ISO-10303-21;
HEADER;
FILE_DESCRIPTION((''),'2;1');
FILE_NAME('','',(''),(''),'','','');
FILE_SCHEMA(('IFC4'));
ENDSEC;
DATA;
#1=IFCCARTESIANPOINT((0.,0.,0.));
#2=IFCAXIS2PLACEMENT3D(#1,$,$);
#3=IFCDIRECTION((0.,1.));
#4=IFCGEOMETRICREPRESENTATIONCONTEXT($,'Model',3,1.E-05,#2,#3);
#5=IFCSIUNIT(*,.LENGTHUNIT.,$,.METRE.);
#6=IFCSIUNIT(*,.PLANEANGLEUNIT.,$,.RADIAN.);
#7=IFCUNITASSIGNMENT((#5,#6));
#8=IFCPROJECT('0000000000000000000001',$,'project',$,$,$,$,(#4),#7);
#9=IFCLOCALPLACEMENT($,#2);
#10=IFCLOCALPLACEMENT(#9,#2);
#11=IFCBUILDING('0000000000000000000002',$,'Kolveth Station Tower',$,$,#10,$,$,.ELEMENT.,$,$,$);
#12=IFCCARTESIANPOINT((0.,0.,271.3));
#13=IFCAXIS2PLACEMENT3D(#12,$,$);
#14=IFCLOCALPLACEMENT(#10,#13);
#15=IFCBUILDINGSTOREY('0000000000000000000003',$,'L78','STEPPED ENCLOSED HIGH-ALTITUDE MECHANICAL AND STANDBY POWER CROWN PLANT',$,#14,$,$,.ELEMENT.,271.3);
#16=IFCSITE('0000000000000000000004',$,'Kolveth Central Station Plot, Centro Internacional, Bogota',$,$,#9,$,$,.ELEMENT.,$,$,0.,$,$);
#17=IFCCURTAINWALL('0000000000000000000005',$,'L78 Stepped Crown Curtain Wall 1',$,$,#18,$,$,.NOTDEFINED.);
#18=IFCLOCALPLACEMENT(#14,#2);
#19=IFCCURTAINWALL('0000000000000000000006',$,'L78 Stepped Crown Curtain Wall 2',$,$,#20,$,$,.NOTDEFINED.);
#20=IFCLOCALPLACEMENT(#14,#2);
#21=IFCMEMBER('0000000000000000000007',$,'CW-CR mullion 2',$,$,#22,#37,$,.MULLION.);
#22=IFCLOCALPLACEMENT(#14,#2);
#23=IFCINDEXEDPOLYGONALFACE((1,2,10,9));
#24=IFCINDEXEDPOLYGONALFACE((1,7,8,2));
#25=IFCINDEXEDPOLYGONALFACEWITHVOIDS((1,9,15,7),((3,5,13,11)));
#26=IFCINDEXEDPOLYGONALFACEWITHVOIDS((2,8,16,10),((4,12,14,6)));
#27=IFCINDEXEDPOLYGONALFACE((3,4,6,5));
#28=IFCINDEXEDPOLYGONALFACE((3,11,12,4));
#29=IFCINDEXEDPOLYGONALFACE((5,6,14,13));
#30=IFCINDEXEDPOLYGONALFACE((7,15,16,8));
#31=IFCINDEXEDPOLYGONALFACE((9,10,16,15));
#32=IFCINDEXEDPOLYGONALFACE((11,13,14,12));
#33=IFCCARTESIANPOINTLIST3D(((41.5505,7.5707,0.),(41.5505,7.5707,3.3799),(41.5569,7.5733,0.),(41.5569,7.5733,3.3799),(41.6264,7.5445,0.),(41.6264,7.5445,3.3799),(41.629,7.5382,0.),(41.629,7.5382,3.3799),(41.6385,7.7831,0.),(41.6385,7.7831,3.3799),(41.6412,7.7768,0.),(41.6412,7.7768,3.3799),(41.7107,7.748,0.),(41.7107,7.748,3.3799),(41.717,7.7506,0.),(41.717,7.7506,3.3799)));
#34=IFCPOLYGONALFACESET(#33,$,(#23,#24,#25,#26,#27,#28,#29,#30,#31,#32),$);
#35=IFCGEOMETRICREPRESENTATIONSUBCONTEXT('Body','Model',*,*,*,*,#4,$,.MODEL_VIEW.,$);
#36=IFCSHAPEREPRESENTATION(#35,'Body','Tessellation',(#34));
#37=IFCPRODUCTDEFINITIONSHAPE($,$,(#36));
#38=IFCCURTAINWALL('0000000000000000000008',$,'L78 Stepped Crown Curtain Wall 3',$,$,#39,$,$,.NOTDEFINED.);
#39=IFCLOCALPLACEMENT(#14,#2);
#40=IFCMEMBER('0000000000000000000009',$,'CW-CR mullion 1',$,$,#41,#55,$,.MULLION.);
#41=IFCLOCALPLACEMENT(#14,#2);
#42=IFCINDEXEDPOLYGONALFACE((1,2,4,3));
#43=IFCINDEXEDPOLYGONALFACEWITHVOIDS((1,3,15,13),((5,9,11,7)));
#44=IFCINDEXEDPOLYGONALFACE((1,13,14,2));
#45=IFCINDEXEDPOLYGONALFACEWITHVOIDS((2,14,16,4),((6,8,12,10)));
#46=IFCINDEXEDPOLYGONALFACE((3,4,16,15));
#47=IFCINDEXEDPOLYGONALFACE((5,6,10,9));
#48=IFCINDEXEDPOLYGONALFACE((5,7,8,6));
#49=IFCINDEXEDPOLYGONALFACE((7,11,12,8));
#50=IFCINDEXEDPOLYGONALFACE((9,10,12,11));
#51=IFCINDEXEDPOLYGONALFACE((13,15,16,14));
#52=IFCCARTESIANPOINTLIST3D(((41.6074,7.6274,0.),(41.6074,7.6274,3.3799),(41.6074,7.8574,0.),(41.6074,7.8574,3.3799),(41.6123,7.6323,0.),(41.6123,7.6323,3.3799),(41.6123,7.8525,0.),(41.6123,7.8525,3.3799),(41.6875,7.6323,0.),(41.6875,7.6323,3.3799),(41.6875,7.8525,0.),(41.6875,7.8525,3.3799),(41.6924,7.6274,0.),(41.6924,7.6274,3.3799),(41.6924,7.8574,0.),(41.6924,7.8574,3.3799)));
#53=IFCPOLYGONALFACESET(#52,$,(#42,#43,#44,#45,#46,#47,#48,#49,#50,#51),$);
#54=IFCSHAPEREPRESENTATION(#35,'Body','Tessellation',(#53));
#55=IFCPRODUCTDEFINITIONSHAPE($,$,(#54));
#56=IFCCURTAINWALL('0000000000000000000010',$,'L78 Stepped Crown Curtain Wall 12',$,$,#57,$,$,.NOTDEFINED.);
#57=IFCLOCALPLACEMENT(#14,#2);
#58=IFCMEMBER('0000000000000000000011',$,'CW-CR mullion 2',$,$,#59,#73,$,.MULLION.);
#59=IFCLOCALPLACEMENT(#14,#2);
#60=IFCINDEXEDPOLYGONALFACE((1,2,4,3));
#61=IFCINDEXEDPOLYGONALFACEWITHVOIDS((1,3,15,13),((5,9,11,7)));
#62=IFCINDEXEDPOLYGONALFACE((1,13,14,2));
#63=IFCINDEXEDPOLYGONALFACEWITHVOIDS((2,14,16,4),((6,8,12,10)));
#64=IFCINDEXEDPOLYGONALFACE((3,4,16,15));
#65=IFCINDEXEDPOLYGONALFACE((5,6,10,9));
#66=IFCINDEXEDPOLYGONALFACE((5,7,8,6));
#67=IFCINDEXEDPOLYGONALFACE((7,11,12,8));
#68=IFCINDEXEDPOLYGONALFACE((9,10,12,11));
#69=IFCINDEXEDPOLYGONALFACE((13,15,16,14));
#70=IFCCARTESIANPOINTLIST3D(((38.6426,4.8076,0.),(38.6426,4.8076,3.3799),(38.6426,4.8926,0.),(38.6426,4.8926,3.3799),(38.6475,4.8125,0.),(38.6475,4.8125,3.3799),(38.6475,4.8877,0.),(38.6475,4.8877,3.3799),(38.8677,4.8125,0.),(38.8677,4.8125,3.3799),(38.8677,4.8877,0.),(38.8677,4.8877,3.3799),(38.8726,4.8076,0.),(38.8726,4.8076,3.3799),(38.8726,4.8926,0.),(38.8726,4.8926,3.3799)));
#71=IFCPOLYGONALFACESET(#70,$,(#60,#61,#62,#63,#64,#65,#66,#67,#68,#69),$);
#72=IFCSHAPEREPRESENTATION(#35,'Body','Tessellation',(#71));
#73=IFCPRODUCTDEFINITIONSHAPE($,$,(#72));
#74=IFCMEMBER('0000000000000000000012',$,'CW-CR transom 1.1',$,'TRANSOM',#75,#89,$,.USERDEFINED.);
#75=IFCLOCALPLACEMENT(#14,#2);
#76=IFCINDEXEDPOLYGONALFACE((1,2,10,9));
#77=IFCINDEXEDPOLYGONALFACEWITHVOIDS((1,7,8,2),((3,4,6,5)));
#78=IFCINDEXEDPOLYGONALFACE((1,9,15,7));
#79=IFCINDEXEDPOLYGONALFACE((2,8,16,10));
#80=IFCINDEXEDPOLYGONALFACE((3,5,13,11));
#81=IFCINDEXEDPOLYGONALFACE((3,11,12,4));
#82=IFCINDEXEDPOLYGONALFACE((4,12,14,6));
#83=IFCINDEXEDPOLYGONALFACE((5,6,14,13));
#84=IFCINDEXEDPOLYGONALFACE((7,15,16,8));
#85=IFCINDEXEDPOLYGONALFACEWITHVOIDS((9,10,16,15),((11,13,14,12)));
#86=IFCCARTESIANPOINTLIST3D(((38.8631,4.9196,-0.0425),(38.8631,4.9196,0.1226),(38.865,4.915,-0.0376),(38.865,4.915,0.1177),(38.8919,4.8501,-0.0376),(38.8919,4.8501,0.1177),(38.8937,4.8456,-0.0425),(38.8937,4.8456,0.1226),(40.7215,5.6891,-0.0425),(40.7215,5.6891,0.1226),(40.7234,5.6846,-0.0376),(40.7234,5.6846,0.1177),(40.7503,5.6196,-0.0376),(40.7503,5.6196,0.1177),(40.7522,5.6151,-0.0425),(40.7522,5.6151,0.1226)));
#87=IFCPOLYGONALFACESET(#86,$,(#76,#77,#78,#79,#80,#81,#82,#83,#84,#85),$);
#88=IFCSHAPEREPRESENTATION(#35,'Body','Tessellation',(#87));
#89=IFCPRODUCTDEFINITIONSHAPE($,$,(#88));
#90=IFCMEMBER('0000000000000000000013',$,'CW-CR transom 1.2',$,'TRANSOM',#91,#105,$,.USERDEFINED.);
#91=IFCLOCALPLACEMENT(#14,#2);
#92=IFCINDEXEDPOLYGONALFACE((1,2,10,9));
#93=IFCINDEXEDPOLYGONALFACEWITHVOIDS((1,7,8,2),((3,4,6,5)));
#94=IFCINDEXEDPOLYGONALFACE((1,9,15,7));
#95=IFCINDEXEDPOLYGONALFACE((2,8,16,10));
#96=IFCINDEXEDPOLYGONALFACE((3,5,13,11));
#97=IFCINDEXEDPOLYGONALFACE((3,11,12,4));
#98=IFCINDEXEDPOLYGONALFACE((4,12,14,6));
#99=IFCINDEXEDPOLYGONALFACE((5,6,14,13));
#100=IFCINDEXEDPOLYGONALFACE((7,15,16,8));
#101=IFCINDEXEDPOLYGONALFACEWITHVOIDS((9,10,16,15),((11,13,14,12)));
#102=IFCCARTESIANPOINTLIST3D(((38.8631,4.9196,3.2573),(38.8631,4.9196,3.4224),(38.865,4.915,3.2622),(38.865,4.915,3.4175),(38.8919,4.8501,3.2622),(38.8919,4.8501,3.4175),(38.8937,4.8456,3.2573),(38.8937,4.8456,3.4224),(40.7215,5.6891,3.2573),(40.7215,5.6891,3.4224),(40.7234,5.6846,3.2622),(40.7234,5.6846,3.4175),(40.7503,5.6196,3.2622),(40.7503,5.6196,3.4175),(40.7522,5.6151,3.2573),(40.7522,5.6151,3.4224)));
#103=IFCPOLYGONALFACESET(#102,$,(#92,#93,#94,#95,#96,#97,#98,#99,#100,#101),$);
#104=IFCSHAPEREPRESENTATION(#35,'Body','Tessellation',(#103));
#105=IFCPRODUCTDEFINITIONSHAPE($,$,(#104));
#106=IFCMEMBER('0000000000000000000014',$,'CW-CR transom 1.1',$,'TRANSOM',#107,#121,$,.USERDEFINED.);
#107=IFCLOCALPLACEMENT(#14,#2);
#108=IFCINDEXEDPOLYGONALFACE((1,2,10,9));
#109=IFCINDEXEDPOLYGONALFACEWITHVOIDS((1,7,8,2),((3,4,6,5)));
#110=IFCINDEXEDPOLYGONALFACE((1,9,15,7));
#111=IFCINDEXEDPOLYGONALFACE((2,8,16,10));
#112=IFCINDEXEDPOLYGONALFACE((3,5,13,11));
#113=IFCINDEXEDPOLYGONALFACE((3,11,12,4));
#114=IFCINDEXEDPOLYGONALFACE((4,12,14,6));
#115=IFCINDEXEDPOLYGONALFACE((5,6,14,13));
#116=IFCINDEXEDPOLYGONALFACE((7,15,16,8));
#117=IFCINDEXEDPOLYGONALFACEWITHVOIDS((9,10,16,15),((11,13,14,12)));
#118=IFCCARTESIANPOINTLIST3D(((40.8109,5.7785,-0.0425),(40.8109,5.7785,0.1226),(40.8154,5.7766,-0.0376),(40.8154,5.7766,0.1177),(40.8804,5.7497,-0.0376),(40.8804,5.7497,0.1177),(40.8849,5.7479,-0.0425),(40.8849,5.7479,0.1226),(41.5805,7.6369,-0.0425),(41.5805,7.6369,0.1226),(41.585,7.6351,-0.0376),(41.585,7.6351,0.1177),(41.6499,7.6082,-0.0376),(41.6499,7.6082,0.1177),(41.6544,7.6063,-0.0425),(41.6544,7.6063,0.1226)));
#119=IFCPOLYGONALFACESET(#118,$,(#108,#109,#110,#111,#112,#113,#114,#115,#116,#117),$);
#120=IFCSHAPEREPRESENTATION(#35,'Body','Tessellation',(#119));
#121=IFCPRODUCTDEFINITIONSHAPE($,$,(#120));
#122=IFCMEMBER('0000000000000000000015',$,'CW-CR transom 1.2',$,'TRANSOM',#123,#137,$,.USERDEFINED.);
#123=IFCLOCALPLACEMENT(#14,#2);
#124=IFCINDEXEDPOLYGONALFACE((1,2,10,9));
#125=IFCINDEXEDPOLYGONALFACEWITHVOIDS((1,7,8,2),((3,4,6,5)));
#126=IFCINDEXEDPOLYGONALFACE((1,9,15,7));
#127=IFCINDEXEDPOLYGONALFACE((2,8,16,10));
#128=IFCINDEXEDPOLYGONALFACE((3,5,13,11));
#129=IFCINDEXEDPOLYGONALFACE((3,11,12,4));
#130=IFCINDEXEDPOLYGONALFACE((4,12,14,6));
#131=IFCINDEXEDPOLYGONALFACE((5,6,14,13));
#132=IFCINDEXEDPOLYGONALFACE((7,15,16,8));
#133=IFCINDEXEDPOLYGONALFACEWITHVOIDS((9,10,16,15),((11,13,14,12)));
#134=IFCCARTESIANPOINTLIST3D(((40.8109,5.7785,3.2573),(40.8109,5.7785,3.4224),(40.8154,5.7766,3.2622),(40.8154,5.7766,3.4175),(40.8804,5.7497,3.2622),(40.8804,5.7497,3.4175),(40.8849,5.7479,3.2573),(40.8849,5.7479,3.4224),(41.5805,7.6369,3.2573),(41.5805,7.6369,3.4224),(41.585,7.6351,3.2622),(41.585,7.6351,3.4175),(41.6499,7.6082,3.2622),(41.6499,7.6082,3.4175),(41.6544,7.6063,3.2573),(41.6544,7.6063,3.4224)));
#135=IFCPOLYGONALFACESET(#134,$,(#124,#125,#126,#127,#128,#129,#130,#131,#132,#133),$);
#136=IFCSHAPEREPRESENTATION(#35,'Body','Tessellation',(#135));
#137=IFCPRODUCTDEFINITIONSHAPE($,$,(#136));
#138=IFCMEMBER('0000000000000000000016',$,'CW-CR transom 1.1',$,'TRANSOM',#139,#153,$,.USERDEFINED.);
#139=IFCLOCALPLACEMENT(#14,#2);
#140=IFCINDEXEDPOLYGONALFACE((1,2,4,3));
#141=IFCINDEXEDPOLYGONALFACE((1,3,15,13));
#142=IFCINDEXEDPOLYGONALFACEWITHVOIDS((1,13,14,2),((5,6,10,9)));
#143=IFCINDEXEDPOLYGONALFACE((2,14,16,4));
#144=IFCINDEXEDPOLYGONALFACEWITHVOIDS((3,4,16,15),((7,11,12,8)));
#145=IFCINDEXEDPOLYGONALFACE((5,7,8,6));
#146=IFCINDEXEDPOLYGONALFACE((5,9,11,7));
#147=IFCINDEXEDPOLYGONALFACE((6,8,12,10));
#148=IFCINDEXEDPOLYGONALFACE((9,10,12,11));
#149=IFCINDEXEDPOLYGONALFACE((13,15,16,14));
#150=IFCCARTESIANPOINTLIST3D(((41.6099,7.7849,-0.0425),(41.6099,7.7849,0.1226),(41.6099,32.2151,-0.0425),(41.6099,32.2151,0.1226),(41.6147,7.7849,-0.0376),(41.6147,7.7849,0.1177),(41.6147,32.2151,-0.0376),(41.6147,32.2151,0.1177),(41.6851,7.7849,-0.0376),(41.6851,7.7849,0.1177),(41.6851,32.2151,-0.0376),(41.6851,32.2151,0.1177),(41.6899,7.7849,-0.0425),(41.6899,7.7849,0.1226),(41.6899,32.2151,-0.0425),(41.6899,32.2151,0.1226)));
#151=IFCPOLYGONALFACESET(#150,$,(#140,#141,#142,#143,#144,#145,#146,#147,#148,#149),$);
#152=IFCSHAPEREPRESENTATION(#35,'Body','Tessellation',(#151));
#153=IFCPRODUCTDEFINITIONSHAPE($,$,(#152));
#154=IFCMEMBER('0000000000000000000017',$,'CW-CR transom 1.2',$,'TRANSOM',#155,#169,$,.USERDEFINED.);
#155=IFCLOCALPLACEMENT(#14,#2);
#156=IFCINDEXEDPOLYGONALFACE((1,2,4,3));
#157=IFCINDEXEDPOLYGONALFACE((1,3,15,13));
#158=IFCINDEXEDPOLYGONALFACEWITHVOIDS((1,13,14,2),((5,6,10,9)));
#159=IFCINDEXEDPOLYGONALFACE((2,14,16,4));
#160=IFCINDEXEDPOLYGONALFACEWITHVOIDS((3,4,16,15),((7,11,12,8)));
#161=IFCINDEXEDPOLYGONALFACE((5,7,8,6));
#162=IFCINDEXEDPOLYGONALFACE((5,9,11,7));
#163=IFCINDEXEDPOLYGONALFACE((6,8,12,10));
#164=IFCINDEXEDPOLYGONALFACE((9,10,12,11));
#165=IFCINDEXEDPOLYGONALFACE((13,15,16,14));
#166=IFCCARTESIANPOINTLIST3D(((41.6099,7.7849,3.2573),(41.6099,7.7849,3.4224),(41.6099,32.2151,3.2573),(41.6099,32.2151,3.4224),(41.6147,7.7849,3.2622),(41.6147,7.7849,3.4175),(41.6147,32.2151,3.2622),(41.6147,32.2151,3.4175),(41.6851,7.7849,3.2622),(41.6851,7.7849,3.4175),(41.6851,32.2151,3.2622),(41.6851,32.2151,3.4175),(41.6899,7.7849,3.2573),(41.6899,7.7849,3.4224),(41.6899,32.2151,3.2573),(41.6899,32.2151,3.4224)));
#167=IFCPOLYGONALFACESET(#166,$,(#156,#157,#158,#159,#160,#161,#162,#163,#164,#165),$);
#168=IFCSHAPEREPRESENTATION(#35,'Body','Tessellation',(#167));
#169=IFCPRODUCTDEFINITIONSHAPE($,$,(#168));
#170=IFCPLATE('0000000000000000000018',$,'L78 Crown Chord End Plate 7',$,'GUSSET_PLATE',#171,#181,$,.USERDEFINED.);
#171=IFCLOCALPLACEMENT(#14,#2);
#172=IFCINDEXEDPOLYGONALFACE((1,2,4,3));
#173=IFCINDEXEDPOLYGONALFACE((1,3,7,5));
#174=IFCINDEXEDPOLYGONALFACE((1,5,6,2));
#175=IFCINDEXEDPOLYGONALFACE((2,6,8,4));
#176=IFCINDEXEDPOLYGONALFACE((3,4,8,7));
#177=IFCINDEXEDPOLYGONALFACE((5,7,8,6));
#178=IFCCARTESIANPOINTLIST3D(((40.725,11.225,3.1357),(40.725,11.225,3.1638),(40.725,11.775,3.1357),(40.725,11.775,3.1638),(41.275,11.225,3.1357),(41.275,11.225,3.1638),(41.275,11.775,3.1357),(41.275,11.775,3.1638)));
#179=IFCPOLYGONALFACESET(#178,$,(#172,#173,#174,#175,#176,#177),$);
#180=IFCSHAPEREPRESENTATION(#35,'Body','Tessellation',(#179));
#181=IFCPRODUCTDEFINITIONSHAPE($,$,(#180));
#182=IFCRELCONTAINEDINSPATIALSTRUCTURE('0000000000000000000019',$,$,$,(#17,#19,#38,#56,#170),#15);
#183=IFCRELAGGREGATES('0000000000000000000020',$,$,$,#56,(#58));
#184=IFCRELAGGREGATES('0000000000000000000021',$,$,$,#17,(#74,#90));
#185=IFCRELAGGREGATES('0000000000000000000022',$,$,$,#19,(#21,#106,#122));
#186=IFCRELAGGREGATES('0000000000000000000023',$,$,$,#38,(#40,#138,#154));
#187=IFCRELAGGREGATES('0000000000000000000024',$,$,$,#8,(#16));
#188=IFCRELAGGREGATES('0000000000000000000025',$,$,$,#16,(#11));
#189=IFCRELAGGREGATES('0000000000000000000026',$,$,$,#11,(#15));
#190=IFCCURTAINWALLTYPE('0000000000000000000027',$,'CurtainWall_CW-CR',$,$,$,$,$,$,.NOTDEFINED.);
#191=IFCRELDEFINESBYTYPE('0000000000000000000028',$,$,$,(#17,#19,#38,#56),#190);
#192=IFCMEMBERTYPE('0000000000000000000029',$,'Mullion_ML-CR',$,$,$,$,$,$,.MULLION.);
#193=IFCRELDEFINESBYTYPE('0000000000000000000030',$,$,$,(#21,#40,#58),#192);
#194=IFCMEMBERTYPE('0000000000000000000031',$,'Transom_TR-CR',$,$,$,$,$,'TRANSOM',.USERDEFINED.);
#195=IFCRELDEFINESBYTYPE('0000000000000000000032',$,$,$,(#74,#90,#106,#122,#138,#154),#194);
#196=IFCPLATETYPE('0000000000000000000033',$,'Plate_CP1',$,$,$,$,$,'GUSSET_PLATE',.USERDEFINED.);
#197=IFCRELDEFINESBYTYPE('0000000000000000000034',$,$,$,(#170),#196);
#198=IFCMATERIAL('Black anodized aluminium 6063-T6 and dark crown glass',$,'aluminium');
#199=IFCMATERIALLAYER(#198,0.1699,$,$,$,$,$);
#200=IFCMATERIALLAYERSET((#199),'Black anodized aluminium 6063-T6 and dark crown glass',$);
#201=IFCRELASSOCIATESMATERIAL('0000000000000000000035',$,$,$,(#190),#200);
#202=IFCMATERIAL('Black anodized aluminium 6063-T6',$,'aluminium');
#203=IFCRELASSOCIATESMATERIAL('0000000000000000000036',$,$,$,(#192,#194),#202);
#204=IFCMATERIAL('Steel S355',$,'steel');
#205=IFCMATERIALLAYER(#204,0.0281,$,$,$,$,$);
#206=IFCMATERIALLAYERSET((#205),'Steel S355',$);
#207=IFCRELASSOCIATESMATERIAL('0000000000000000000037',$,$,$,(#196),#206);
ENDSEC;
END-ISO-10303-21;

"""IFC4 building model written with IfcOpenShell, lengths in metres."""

from ifc_helpers import new_model, si_unit, direction, frame, origin, origin_2d, place, context, subcontext, project, spatial, rectangle, hollow_rectangle, extrude, source, transform, mapped, material, layer, layer_set, material_profile, profile_set, type_object, element, aggregate, save


model = new_model("IFC4")

# Units and contexts
model_context = context("Model", 3, precision=1e-05, world=origin(), true_north=direction((0.0, 1.0)))
body_context = subcontext(model_context, "Body", "Model", "MODEL_VIEW")
ifc_project = project(units=[si_unit("LENGTHUNIT", "METRE"), si_unit("PLANEANGLEUNIT", "RADIAN")], contexts=[model_context])

# Site, building, storey
site_placement = place(None, origin())
site = spatial("IfcSite", under=ifc_project, at=site_placement, Name="Kolveth Central Station Plot, Centro Internacional, Bogota", CompositionType="ELEMENT", RefElevation=0.0)
building_placement = place(site_placement, origin())
building = spatial("IfcBuilding", under=site, at=building_placement, Name="Kolveth Station Tower", CompositionType="ELEMENT")
storey_placement = place(building_placement, frame((0.0, 0.0, 271.3)))
storey = spatial("IfcBuildingStorey", under=building, at=storey_placement, Name="L78", Description="STEPPED ENCLOSED HIGH-ALTITUDE MECHANICAL AND STANDBY POWER CROWN PLANT", CompositionType="ELEMENT", Elevation=271.3)

# Shared definitions
ifc_material_1 = material(Name="Steel S355", Category="steel")

# Curtain walls, member
ifc_material_2 = material(Name="Black anodized aluminium 6063-T6 and dark crown glass", Category="aluminium")
ifc_layer_1 = layer(ifc_material_2, 0.1699)
ifc_layer_set_1 = layer_set([ifc_layer_1], Name="Black anodized aluminium 6063-T6 and dark crown glass")
curtain_wall_type = type_object("IfcCurtainWallType", Name="CurtainWall_CW-CR", PredefinedType="NOTDEFINED", material=ifc_layer_set_1)
curtain_wall_1_placement = place(storey_placement, origin())
curtain_wall_1 = element("IfcCurtainWall", 1, at=curtain_wall_1_placement, inside=storey, type_object=curtain_wall_type, Name="L78 Stepped Crown Curtain Wall 1", PredefinedType="NOTDEFINED")
ifc_material_3 = material(Name="Black anodized aluminium 6063-T6", Category="aluminium")
ifc_material_profile_1 = material_profile(ifc_material_3, hollow_rectangle(XDim=0.085, YDim=0.23, WallThickness=0.0049, at=origin_2d()), Name="ALU-85x230x5")
ifc_profile_set_1 = profile_set([ifc_material_profile_1], Name="Black anodized aluminium 6063-T6")
member_type_1 = type_object("IfcMemberType", Name="Mullion_ML-CR", PredefinedType="MULLION", material=ifc_profile_set_1)
shared_shape_1 = source(origin(), body_context, "Body", "SweptSolid", [
    extrude(hollow_rectangle(XDim=0.085, YDim=0.23, WallThickness=0.0049, at=origin_2d()), origin(), (0.0, 0.0, 1.0), 3.3799),
])
curtain_wall_2_placement = place(storey_placement, origin())
curtain_wall_2 = element("IfcCurtainWall", 2, at=curtain_wall_2_placement, inside=storey, type_object=curtain_wall_type, Name="L78 Stepped Crown Curtain Wall 2", PredefinedType="NOTDEFINED")
member_1_placement = place(storey_placement, frame((41.6338, 7.6606, 0.0), z_axis=(0.0, 0.0, 1.0), x_axis=(-0.92389, 0.382658, 0.0)))
member_1 = element("IfcMember", 3, at=member_1_placement, type_object=member_type_1, Name="CW-CR mullion 2", PredefinedType="MULLION", context=body_context, shape_type="MappedRepresentation", body=[
    mapped(shared_shape_1, transform((0.0, 0.0, 0.0), x_axis=(1.0, 0.0, 0.0), y_axis=(0.0, 1.0, 0.0), z_axis=(0.0, 0.0, 1.0), scale=1.0)),
])

# Curtain walls, members
curtain_wall_3_placement = place(storey_placement, origin())
curtain_wall_3 = element("IfcCurtainWall", 4, at=curtain_wall_3_placement, inside=storey, type_object=curtain_wall_type, Name="L78 Stepped Crown Curtain Wall 3", PredefinedType="NOTDEFINED")
member_2_placement = place(storey_placement, frame((41.6499, 7.7424, 0.0), z_axis=(0.0, 0.0, 1.0), x_axis=(-1.0, 0.0, 0.0)))
member_2 = element("IfcMember", 5, at=member_2_placement, type_object=member_type_1, Name="CW-CR mullion 1", PredefinedType="MULLION", context=body_context, shape_type="MappedRepresentation", body=[
    mapped(shared_shape_1, transform((0.0, 0.0, 0.0), x_axis=(1.0, 0.0, 0.0), y_axis=(0.0, 1.0, 0.0), z_axis=(0.0, 0.0, 1.0), scale=1.0)),
])
curtain_wall_4_placement = place(storey_placement, origin())
curtain_wall_4 = element("IfcCurtainWall", 6, at=curtain_wall_4_placement, inside=storey, type_object=curtain_wall_type, Name="L78 Stepped Crown Curtain Wall 12", PredefinedType="NOTDEFINED")
member_3_placement = place(storey_placement, frame((38.7576, 4.8501, 0.0), z_axis=(0.0, 0.0, 1.0), x_axis=(0.0, 1.0, 0.0)))
member_3 = element("IfcMember", 7, at=member_3_placement, type_object=member_type_1, Name="CW-CR mullion 2", PredefinedType="MULLION", context=body_context, shape_type="MappedRepresentation", body=[
    mapped(shared_shape_1, transform((0.0, 0.0, 0.0), x_axis=(1.0, 0.0, 0.0), y_axis=(0.0, 1.0, 0.0), z_axis=(0.0, 0.0, 1.0), scale=1.0)),
])
aggregate(curtain_wall_4, [member_3])

# Members
ifc_material_profile_2 = material_profile(ifc_material_3, hollow_rectangle(XDim=0.0801, YDim=0.165, WallThickness=0.0049, at=origin_2d()), Name="ALU-80x165x5")
ifc_profile_set_2 = profile_set([ifc_material_profile_2], Name="Black anodized aluminium 6063-T6")
member_type_2 = type_object("IfcMemberType", Name="Transom_TR-CR", ElementType="TRANSOM", PredefinedType="USERDEFINED", material=ifc_profile_set_2)
shared_shape_2 = source(origin(), body_context, "Body", "SweptSolid", [
    extrude(hollow_rectangle(XDim=0.0801, YDim=0.165, WallThickness=0.0049, at=origin_2d()), origin(), (0.0, 0.0, 1.0), 2.0115),
])
member_4_placement = place(storey_placement, frame((38.8784, 4.8826, 0.04), z_axis=(0.923922, 0.38258, 0.0), x_axis=(-0.38258, 0.923922, 0.0)))
member_4 = element("IfcMember", 8, at=member_4_placement, type_object=member_type_2, Name="CW-CR transom 1.1", ObjectType="TRANSOM", PredefinedType="USERDEFINED", context=body_context, shape_type="MappedRepresentation", body=[
    mapped(shared_shape_2, transform((0.0, 0.0, 0.0), x_axis=(1.0, 0.0, 0.0), y_axis=(0.0, 1.0, 0.0), z_axis=(0.0, 0.0, 1.0), scale=1.0)),
])
member_5_placement = place(storey_placement, frame((38.8784, 4.8826, 3.3398), z_axis=(0.923922, 0.38258, 0.0), x_axis=(-0.38258, 0.923922, 0.0)))
member_5 = element("IfcMember", 9, at=member_5_placement, type_object=member_type_2, Name="CW-CR transom 1.2", ObjectType="TRANSOM", PredefinedType="USERDEFINED", context=body_context, shape_type="MappedRepresentation", body=[
    mapped(shared_shape_2, transform((0.0, 0.0, 0.0), x_axis=(1.0, 0.0, 0.0), y_axis=(0.0, 1.0, 0.0), z_axis=(0.0, 0.0, 1.0), scale=1.0)),
])
member_6_placement = place(storey_placement, frame((40.8479, 5.7632, 0.04), z_axis=(0.38258, 0.923922, 0.0), x_axis=(-0.923922, 0.38258, 0.0)))
member_6 = element("IfcMember", 10, at=member_6_placement, type_object=member_type_2, Name="CW-CR transom 1.1", ObjectType="TRANSOM", PredefinedType="USERDEFINED", context=body_context, shape_type="MappedRepresentation", body=[
    mapped(shared_shape_2, transform((0.0, 0.0, 0.0), x_axis=(1.0, 0.0, 0.0), y_axis=(0.0, 1.0, 0.0), z_axis=(0.0, 0.0, 1.0), scale=1.0)),
])
member_7_placement = place(storey_placement, frame((40.8479, 5.7632, 3.3398), z_axis=(0.38258, 0.923922, 0.0), x_axis=(-0.923922, 0.38258, 0.0)))
member_7 = element("IfcMember", 11, at=member_7_placement, type_object=member_type_2, Name="CW-CR transom 1.2", ObjectType="TRANSOM", PredefinedType="USERDEFINED", context=body_context, shape_type="MappedRepresentation", body=[
    mapped(shared_shape_2, transform((0.0, 0.0, 0.0), x_axis=(1.0, 0.0, 0.0), y_axis=(0.0, 1.0, 0.0), z_axis=(0.0, 0.0, 1.0), scale=1.0)),
])
shared_shape_3 = source(origin(), body_context, "Body", "SweptSolid", [
    extrude(hollow_rectangle(XDim=0.0801, YDim=0.165, WallThickness=0.0049, at=origin_2d()), origin(), (0.0, 0.0, 1.0), 24.4302),
])
member_8_placement = place(storey_placement, frame((41.6499, 7.7849, 0.04), z_axis=(0.0, 1.0, 0.0), x_axis=(-1.0, 0.0, 0.0)))
member_8 = element("IfcMember", 12, at=member_8_placement, type_object=member_type_2, Name="CW-CR transom 1.1", ObjectType="TRANSOM", PredefinedType="USERDEFINED", context=body_context, shape_type="MappedRepresentation", body=[
    mapped(shared_shape_3, transform((0.0, 0.0, 0.0), x_axis=(1.0, 0.0, 0.0), y_axis=(0.0, 1.0, 0.0), z_axis=(0.0, 0.0, 1.0), scale=1.0)),
])
member_9_placement = place(storey_placement, frame((41.6499, 7.7849, 3.3398), z_axis=(0.0, 1.0, 0.0), x_axis=(-1.0, 0.0, 0.0)))
member_9 = element("IfcMember", 13, at=member_9_placement, type_object=member_type_2, Name="CW-CR transom 1.2", ObjectType="TRANSOM", PredefinedType="USERDEFINED", context=body_context, shape_type="MappedRepresentation", body=[
    mapped(shared_shape_3, transform((0.0, 0.0, 0.0), x_axis=(1.0, 0.0, 0.0), y_axis=(0.0, 1.0, 0.0), z_axis=(0.0, 0.0, 1.0), scale=1.0)),
])

# Plate
ifc_layer_2 = layer(ifc_material_1, 0.0281)
ifc_layer_set_2 = layer_set([ifc_layer_2], Name="Steel S355")
plate_type_1 = type_object("IfcPlateType", Name="Plate_CP1", ElementType="GUSSET_PLATE", PredefinedType="USERDEFINED", material=ifc_layer_set_2)
shared_shape_4 = source(origin(), body_context, "Body", "SweptSolid", [
    extrude(rectangle(XDim=0.55, YDim=0.55, at=origin_2d()), origin(), (0.0, 0.0, 1.0), 0.0281),
])
plate_1_placement = place(storey_placement, frame((41.0, 11.5, 3.1357), z_axis=(0.0, 0.0, 1.0), x_axis=(1.0, 0.0, 0.0)))
element("IfcPlate", 14, at=plate_1_placement, inside=storey, type_object=plate_type_1, Name="L78 Crown Chord End Plate 7", ObjectType="GUSSET_PLATE", PredefinedType="USERDEFINED", context=body_context, shape_type="MappedRepresentation", body=[
    mapped(shared_shape_4, transform((0.0, 0.0, 0.0), x_axis=(1.0, 0.0, 0.0), y_axis=(0.0, 1.0, 0.0), z_axis=(0.0, 0.0, 1.0), scale=1.0)),
])
aggregate(curtain_wall_1, [member_4, member_5])
aggregate(curtain_wall_2, [member_1, member_6, member_7])
aggregate(curtain_wall_3, [member_2, member_8, member_9])

save(model, "model.ifc")
